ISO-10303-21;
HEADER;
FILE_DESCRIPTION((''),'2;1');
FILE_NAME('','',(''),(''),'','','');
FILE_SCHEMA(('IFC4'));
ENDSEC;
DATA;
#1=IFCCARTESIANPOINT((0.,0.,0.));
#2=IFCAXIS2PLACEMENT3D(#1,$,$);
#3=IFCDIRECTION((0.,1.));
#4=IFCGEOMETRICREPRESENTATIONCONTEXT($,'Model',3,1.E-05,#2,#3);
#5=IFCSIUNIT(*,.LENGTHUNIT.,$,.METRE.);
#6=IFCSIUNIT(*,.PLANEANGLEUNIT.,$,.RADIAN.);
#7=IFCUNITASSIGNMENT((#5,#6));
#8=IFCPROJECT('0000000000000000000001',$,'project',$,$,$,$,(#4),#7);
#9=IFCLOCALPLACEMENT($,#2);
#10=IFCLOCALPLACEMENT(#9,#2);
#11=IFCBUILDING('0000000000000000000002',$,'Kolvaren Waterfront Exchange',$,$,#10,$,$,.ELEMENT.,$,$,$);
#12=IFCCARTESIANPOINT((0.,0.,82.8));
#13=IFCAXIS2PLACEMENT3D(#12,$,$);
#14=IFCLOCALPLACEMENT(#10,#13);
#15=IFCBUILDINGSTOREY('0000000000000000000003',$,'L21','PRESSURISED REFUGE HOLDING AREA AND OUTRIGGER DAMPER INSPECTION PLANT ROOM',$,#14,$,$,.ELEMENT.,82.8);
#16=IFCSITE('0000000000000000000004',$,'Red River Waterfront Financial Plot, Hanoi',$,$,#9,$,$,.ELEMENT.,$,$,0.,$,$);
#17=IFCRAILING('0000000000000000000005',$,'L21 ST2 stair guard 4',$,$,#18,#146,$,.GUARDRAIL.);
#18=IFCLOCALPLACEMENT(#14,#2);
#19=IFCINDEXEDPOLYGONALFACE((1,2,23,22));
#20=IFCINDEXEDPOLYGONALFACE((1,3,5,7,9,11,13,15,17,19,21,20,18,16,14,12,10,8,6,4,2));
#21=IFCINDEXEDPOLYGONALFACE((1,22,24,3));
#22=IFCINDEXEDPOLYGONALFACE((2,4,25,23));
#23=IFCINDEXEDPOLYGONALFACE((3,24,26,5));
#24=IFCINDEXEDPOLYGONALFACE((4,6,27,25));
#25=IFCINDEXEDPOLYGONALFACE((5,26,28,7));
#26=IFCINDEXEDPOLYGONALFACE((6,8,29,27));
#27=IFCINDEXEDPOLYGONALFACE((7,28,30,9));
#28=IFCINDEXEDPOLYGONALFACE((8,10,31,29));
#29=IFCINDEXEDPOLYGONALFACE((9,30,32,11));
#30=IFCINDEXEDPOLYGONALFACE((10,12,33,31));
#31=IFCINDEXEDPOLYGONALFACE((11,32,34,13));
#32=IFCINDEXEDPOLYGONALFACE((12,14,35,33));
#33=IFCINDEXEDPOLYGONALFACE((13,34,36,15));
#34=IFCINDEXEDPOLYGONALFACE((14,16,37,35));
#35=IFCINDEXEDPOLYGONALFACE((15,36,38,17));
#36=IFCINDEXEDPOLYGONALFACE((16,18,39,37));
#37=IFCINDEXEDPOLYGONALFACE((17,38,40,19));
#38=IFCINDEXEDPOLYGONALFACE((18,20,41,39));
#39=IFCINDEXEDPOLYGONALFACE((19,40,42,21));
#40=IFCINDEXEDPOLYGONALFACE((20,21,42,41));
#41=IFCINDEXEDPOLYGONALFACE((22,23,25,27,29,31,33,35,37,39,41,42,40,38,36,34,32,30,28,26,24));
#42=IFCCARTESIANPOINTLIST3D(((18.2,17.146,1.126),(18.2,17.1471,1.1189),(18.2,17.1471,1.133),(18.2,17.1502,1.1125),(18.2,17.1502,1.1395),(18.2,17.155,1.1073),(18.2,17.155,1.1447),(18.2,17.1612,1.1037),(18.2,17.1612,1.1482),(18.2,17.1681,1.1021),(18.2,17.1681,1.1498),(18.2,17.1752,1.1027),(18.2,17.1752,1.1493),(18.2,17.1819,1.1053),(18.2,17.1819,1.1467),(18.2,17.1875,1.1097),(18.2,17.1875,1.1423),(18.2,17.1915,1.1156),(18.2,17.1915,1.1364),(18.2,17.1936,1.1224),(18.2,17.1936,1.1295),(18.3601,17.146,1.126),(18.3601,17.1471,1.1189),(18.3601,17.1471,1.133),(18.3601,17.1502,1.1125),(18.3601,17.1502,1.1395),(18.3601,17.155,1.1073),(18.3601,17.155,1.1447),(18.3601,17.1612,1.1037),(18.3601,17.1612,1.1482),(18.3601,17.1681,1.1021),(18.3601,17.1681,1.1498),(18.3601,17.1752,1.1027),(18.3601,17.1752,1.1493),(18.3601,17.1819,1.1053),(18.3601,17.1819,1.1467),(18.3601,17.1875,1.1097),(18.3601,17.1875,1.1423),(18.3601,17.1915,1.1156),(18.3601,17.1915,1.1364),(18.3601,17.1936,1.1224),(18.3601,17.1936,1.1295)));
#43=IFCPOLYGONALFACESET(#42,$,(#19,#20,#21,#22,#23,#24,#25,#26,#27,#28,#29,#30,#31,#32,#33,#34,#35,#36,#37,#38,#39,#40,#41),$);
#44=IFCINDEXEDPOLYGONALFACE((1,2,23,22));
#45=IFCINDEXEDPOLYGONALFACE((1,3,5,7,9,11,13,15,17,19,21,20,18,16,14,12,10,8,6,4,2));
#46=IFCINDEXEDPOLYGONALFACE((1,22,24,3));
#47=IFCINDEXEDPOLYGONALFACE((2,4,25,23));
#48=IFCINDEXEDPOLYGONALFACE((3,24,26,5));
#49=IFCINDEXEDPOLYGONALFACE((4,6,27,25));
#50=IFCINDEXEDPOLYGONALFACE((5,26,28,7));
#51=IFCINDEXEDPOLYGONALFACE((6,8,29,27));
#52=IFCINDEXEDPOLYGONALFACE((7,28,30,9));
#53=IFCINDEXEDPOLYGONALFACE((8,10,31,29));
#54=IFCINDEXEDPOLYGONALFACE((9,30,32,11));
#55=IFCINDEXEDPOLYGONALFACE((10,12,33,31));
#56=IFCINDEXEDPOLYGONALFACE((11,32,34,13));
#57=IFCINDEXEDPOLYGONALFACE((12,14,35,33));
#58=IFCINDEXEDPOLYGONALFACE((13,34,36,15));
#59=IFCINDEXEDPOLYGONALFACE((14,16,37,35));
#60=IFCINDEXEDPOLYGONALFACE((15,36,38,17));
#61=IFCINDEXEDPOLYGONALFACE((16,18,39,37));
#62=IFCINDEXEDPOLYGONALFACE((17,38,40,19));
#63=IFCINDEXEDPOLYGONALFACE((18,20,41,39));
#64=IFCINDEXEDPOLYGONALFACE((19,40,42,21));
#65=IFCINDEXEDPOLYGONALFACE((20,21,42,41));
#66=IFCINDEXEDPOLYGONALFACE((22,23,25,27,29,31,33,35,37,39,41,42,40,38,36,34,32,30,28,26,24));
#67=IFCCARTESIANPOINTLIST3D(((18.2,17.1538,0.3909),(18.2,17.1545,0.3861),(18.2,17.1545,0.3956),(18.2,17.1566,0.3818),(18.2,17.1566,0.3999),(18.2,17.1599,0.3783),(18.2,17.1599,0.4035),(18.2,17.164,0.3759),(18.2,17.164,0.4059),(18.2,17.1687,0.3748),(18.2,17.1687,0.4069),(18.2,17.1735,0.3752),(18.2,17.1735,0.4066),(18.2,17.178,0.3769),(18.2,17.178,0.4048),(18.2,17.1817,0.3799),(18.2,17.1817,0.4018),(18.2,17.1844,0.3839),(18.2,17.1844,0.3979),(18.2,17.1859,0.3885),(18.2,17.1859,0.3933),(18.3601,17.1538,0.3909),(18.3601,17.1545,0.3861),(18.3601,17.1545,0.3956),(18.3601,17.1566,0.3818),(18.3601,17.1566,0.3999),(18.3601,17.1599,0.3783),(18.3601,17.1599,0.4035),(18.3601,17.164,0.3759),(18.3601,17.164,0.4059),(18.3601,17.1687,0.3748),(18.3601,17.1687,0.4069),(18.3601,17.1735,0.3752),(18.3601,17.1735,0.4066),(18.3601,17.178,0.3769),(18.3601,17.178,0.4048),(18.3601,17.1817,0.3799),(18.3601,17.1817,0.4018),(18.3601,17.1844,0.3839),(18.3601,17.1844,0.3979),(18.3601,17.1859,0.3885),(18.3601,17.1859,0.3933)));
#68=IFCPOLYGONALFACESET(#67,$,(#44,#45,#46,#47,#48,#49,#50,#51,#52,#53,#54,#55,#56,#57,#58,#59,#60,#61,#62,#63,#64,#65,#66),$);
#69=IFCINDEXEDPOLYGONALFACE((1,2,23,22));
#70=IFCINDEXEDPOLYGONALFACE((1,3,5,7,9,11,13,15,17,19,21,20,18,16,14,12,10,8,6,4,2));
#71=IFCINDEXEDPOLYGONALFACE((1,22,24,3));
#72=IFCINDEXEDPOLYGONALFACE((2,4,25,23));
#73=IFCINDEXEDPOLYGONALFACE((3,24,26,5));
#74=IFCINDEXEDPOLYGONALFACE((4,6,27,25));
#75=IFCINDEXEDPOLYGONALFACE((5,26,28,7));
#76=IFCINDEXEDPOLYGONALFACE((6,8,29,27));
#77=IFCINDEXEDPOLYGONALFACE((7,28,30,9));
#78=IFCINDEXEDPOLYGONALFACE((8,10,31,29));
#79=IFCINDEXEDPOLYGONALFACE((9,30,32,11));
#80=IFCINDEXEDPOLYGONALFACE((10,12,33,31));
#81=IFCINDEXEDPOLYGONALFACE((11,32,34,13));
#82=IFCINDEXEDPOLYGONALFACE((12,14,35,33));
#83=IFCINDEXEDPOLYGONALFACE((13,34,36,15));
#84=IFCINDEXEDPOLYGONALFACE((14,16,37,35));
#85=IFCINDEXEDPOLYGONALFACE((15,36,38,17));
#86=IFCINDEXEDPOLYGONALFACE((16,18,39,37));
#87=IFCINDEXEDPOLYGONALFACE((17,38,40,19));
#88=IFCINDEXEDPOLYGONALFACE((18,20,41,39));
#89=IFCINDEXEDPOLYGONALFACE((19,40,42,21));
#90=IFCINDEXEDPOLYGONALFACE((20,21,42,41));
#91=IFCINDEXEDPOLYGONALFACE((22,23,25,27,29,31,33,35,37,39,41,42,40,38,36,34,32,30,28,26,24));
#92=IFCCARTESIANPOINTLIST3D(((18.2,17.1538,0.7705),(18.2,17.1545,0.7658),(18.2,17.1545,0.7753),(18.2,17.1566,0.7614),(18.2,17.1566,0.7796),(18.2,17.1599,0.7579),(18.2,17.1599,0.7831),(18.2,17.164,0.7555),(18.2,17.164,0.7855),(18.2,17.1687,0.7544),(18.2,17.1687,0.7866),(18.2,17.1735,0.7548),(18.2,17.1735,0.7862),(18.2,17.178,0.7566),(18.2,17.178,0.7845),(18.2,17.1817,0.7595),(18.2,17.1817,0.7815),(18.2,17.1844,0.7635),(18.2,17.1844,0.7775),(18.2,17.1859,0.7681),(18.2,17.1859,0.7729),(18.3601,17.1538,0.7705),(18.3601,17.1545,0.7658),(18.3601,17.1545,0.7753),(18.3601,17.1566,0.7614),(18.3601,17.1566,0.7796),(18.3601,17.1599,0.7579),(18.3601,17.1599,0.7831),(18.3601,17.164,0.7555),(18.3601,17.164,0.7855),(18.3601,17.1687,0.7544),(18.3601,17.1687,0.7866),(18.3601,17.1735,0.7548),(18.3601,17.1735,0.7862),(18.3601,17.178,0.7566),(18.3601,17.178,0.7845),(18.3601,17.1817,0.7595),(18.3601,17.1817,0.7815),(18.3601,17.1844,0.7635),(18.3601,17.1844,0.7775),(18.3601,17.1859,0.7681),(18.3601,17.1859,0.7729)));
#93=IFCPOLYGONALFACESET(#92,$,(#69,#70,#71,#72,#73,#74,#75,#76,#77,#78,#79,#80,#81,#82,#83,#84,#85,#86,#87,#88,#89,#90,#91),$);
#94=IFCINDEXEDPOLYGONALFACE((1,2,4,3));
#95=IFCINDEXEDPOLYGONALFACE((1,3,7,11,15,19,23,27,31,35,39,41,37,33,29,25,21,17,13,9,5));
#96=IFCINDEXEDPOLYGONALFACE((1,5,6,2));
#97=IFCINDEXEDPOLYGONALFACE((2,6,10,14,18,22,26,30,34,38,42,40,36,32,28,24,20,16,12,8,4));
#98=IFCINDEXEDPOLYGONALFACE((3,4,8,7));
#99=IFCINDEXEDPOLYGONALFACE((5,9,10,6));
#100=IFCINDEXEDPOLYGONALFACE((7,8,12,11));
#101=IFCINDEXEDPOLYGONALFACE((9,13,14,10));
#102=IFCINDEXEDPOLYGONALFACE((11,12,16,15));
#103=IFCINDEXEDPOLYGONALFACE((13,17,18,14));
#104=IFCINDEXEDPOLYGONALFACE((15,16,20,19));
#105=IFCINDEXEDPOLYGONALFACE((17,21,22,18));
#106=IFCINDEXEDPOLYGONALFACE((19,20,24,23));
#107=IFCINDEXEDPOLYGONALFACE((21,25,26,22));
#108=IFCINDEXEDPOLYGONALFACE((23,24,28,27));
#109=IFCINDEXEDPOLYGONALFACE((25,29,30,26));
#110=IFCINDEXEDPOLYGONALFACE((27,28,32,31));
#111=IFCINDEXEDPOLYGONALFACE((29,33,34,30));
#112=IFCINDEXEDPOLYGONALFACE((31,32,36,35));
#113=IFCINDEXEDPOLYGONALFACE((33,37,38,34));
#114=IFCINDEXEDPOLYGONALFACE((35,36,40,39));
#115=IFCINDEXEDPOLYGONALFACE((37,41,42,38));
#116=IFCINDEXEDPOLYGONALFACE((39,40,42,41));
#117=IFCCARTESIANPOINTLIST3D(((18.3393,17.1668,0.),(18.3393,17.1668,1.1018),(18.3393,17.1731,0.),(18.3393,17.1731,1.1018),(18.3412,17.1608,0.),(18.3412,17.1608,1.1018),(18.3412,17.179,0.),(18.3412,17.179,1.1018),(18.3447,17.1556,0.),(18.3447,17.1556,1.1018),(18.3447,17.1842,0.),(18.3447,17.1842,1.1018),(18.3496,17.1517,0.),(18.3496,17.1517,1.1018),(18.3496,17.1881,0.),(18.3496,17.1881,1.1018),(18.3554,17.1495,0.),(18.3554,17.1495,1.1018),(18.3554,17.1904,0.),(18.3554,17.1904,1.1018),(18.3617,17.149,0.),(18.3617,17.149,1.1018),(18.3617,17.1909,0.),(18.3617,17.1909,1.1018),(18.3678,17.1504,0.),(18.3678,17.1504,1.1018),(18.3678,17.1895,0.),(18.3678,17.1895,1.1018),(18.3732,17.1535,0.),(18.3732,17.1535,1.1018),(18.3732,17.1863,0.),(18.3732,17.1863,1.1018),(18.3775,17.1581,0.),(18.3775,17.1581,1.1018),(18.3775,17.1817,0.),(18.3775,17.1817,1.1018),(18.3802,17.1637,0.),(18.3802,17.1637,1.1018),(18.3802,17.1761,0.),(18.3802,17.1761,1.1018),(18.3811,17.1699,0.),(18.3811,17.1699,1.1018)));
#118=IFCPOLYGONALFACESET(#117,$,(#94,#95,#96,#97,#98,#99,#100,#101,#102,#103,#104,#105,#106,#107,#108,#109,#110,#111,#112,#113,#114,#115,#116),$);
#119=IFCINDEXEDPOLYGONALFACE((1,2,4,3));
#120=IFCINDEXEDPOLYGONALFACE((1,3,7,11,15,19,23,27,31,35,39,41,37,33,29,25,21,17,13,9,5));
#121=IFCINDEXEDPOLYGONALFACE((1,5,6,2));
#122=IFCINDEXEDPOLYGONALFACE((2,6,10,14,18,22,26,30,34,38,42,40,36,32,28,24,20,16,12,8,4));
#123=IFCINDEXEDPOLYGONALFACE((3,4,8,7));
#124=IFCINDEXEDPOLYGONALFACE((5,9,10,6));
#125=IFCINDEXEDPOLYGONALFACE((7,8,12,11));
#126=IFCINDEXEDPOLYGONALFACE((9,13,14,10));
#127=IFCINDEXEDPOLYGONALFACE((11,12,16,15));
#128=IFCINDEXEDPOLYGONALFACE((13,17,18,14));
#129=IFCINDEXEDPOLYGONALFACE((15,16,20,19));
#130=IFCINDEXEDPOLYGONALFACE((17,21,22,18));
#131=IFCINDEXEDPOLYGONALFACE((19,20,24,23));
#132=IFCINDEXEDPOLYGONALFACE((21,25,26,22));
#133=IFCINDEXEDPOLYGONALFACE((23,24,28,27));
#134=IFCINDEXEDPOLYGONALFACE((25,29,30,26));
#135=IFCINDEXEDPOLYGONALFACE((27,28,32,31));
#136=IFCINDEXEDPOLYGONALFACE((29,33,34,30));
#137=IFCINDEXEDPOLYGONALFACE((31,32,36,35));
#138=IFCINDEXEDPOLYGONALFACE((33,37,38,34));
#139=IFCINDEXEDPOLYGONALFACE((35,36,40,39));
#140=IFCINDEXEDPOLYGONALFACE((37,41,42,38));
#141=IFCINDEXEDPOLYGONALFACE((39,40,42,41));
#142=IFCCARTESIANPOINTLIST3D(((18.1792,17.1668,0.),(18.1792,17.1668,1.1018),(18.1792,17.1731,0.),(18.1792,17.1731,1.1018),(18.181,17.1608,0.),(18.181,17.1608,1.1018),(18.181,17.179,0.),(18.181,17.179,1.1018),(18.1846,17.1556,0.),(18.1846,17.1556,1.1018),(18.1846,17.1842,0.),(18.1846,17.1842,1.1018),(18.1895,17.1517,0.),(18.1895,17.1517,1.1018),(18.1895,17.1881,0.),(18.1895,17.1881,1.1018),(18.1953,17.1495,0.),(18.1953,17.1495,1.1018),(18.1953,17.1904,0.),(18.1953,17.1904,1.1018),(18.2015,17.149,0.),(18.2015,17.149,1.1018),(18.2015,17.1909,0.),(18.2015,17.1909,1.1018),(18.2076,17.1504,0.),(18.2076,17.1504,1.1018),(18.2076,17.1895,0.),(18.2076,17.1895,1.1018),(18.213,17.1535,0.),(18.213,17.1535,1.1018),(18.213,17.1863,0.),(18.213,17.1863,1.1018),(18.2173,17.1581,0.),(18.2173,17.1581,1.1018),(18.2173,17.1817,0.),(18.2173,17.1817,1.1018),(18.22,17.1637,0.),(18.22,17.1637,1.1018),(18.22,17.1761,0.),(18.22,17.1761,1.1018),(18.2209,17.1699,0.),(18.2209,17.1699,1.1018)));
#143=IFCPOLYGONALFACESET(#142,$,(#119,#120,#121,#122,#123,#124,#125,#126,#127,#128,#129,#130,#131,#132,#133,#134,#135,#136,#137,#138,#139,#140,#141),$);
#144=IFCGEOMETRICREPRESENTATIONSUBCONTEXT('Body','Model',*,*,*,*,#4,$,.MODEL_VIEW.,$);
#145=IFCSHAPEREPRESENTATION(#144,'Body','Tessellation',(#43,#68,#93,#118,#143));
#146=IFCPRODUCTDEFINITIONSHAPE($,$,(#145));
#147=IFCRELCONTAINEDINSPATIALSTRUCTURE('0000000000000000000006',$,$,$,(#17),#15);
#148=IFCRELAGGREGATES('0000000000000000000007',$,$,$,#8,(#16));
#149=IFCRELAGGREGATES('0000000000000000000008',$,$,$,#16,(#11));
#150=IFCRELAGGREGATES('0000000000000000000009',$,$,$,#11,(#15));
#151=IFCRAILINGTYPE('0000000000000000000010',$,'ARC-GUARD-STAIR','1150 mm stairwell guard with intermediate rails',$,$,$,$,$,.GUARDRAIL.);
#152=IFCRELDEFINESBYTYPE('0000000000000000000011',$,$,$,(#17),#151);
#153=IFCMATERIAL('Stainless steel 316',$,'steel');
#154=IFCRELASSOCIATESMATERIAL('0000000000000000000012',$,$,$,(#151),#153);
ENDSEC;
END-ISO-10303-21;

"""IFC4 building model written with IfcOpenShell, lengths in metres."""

from ifc_helpers import new_model, si_unit, direction, frame, origin, origin_2d, place, context, subcontext, project, spatial, circle, extrude, material, type_object, element, save


model = new_model("IFC4")

# Units and contexts
model_context = context("Model", 3, precision=1e-05, world=origin(), true_north=direction((0.0, 1.0)))
body_context = subcontext(model_context, "Body", "Model", "MODEL_VIEW")
ifc_project = project(units=[si_unit("LENGTHUNIT", "METRE"), si_unit("PLANEANGLEUNIT", "RADIAN")], contexts=[model_context])

# Site, building, storey
site_placement = place(None, origin())
site = spatial("IfcSite", under=ifc_project, at=site_placement, Name="Red River Waterfront Financial Plot, Hanoi", CompositionType="ELEMENT", RefElevation=0.0)
building_placement = place(site_placement, origin())
building = spatial("IfcBuilding", under=site, at=building_placement, Name="Kolvaren Waterfront Exchange", CompositionType="ELEMENT")
storey_placement = place(building_placement, frame((0.0, 0.0, 82.8)))
storey = spatial("IfcBuildingStorey", under=building, at=storey_placement, Name="L21", Description="PRESSURISED REFUGE HOLDING AREA AND OUTRIGGER DAMPER INSPECTION PLANT ROOM", CompositionType="ELEMENT", Elevation=82.8)

# Railing
ifc_material_1 = material(Name="Stainless steel 316", Category="steel")
railing_type_1 = type_object("IfcRailingType", Name="ARC-GUARD-STAIR", Description="1150 mm stairwell guard with intermediate rails", PredefinedType="GUARDRAIL", material=ifc_material_1)
railing_1_placement = place(storey_placement, frame((18.3601, 17.1699, 0.0)))
element("IfcRailing", 1, at=railing_1_placement, inside=storey, type_object=railing_type_1, Name="L21 ST2 stair guard 4", PredefinedType="GUARDRAIL", context=body_context, shape_type="SweptSolid", body=[
    extrude(circle(Radius=0.0239, at=origin_2d()), frame((0.0, 0.0, 1.126), z_axis=(-1.0, 0.0, 0.0), x_axis=(0.0, -1.0, 0.0)), (0.0, 0.0, 1.0), 0.1602),
    extrude(circle(Radius=0.0161, at=origin_2d()), frame((0.0, 0.0, 0.3909), z_axis=(-1.0, 0.0, 0.0), x_axis=(0.0, -1.0, 0.0)), (0.0, 0.0, 1.0), 0.1602),
    extrude(circle(Radius=0.0161, at=origin_2d()), frame((0.0, 0.0, 0.7705), z_axis=(-1.0, 0.0, 0.0), x_axis=(0.0, -1.0, 0.0)), (0.0, 0.0, 1.0), 0.1602),
    extrude(circle(Radius=0.021, at=origin_2d()), origin(), (0.0, 0.0, 1.0), 1.1018),
    extrude(circle(Radius=0.021, at=origin_2d()), frame((-0.1602, 0.0, 0.0)), (0.0, 0.0, 1.0), 1.1018),
])

save(model, "model.ifc")
